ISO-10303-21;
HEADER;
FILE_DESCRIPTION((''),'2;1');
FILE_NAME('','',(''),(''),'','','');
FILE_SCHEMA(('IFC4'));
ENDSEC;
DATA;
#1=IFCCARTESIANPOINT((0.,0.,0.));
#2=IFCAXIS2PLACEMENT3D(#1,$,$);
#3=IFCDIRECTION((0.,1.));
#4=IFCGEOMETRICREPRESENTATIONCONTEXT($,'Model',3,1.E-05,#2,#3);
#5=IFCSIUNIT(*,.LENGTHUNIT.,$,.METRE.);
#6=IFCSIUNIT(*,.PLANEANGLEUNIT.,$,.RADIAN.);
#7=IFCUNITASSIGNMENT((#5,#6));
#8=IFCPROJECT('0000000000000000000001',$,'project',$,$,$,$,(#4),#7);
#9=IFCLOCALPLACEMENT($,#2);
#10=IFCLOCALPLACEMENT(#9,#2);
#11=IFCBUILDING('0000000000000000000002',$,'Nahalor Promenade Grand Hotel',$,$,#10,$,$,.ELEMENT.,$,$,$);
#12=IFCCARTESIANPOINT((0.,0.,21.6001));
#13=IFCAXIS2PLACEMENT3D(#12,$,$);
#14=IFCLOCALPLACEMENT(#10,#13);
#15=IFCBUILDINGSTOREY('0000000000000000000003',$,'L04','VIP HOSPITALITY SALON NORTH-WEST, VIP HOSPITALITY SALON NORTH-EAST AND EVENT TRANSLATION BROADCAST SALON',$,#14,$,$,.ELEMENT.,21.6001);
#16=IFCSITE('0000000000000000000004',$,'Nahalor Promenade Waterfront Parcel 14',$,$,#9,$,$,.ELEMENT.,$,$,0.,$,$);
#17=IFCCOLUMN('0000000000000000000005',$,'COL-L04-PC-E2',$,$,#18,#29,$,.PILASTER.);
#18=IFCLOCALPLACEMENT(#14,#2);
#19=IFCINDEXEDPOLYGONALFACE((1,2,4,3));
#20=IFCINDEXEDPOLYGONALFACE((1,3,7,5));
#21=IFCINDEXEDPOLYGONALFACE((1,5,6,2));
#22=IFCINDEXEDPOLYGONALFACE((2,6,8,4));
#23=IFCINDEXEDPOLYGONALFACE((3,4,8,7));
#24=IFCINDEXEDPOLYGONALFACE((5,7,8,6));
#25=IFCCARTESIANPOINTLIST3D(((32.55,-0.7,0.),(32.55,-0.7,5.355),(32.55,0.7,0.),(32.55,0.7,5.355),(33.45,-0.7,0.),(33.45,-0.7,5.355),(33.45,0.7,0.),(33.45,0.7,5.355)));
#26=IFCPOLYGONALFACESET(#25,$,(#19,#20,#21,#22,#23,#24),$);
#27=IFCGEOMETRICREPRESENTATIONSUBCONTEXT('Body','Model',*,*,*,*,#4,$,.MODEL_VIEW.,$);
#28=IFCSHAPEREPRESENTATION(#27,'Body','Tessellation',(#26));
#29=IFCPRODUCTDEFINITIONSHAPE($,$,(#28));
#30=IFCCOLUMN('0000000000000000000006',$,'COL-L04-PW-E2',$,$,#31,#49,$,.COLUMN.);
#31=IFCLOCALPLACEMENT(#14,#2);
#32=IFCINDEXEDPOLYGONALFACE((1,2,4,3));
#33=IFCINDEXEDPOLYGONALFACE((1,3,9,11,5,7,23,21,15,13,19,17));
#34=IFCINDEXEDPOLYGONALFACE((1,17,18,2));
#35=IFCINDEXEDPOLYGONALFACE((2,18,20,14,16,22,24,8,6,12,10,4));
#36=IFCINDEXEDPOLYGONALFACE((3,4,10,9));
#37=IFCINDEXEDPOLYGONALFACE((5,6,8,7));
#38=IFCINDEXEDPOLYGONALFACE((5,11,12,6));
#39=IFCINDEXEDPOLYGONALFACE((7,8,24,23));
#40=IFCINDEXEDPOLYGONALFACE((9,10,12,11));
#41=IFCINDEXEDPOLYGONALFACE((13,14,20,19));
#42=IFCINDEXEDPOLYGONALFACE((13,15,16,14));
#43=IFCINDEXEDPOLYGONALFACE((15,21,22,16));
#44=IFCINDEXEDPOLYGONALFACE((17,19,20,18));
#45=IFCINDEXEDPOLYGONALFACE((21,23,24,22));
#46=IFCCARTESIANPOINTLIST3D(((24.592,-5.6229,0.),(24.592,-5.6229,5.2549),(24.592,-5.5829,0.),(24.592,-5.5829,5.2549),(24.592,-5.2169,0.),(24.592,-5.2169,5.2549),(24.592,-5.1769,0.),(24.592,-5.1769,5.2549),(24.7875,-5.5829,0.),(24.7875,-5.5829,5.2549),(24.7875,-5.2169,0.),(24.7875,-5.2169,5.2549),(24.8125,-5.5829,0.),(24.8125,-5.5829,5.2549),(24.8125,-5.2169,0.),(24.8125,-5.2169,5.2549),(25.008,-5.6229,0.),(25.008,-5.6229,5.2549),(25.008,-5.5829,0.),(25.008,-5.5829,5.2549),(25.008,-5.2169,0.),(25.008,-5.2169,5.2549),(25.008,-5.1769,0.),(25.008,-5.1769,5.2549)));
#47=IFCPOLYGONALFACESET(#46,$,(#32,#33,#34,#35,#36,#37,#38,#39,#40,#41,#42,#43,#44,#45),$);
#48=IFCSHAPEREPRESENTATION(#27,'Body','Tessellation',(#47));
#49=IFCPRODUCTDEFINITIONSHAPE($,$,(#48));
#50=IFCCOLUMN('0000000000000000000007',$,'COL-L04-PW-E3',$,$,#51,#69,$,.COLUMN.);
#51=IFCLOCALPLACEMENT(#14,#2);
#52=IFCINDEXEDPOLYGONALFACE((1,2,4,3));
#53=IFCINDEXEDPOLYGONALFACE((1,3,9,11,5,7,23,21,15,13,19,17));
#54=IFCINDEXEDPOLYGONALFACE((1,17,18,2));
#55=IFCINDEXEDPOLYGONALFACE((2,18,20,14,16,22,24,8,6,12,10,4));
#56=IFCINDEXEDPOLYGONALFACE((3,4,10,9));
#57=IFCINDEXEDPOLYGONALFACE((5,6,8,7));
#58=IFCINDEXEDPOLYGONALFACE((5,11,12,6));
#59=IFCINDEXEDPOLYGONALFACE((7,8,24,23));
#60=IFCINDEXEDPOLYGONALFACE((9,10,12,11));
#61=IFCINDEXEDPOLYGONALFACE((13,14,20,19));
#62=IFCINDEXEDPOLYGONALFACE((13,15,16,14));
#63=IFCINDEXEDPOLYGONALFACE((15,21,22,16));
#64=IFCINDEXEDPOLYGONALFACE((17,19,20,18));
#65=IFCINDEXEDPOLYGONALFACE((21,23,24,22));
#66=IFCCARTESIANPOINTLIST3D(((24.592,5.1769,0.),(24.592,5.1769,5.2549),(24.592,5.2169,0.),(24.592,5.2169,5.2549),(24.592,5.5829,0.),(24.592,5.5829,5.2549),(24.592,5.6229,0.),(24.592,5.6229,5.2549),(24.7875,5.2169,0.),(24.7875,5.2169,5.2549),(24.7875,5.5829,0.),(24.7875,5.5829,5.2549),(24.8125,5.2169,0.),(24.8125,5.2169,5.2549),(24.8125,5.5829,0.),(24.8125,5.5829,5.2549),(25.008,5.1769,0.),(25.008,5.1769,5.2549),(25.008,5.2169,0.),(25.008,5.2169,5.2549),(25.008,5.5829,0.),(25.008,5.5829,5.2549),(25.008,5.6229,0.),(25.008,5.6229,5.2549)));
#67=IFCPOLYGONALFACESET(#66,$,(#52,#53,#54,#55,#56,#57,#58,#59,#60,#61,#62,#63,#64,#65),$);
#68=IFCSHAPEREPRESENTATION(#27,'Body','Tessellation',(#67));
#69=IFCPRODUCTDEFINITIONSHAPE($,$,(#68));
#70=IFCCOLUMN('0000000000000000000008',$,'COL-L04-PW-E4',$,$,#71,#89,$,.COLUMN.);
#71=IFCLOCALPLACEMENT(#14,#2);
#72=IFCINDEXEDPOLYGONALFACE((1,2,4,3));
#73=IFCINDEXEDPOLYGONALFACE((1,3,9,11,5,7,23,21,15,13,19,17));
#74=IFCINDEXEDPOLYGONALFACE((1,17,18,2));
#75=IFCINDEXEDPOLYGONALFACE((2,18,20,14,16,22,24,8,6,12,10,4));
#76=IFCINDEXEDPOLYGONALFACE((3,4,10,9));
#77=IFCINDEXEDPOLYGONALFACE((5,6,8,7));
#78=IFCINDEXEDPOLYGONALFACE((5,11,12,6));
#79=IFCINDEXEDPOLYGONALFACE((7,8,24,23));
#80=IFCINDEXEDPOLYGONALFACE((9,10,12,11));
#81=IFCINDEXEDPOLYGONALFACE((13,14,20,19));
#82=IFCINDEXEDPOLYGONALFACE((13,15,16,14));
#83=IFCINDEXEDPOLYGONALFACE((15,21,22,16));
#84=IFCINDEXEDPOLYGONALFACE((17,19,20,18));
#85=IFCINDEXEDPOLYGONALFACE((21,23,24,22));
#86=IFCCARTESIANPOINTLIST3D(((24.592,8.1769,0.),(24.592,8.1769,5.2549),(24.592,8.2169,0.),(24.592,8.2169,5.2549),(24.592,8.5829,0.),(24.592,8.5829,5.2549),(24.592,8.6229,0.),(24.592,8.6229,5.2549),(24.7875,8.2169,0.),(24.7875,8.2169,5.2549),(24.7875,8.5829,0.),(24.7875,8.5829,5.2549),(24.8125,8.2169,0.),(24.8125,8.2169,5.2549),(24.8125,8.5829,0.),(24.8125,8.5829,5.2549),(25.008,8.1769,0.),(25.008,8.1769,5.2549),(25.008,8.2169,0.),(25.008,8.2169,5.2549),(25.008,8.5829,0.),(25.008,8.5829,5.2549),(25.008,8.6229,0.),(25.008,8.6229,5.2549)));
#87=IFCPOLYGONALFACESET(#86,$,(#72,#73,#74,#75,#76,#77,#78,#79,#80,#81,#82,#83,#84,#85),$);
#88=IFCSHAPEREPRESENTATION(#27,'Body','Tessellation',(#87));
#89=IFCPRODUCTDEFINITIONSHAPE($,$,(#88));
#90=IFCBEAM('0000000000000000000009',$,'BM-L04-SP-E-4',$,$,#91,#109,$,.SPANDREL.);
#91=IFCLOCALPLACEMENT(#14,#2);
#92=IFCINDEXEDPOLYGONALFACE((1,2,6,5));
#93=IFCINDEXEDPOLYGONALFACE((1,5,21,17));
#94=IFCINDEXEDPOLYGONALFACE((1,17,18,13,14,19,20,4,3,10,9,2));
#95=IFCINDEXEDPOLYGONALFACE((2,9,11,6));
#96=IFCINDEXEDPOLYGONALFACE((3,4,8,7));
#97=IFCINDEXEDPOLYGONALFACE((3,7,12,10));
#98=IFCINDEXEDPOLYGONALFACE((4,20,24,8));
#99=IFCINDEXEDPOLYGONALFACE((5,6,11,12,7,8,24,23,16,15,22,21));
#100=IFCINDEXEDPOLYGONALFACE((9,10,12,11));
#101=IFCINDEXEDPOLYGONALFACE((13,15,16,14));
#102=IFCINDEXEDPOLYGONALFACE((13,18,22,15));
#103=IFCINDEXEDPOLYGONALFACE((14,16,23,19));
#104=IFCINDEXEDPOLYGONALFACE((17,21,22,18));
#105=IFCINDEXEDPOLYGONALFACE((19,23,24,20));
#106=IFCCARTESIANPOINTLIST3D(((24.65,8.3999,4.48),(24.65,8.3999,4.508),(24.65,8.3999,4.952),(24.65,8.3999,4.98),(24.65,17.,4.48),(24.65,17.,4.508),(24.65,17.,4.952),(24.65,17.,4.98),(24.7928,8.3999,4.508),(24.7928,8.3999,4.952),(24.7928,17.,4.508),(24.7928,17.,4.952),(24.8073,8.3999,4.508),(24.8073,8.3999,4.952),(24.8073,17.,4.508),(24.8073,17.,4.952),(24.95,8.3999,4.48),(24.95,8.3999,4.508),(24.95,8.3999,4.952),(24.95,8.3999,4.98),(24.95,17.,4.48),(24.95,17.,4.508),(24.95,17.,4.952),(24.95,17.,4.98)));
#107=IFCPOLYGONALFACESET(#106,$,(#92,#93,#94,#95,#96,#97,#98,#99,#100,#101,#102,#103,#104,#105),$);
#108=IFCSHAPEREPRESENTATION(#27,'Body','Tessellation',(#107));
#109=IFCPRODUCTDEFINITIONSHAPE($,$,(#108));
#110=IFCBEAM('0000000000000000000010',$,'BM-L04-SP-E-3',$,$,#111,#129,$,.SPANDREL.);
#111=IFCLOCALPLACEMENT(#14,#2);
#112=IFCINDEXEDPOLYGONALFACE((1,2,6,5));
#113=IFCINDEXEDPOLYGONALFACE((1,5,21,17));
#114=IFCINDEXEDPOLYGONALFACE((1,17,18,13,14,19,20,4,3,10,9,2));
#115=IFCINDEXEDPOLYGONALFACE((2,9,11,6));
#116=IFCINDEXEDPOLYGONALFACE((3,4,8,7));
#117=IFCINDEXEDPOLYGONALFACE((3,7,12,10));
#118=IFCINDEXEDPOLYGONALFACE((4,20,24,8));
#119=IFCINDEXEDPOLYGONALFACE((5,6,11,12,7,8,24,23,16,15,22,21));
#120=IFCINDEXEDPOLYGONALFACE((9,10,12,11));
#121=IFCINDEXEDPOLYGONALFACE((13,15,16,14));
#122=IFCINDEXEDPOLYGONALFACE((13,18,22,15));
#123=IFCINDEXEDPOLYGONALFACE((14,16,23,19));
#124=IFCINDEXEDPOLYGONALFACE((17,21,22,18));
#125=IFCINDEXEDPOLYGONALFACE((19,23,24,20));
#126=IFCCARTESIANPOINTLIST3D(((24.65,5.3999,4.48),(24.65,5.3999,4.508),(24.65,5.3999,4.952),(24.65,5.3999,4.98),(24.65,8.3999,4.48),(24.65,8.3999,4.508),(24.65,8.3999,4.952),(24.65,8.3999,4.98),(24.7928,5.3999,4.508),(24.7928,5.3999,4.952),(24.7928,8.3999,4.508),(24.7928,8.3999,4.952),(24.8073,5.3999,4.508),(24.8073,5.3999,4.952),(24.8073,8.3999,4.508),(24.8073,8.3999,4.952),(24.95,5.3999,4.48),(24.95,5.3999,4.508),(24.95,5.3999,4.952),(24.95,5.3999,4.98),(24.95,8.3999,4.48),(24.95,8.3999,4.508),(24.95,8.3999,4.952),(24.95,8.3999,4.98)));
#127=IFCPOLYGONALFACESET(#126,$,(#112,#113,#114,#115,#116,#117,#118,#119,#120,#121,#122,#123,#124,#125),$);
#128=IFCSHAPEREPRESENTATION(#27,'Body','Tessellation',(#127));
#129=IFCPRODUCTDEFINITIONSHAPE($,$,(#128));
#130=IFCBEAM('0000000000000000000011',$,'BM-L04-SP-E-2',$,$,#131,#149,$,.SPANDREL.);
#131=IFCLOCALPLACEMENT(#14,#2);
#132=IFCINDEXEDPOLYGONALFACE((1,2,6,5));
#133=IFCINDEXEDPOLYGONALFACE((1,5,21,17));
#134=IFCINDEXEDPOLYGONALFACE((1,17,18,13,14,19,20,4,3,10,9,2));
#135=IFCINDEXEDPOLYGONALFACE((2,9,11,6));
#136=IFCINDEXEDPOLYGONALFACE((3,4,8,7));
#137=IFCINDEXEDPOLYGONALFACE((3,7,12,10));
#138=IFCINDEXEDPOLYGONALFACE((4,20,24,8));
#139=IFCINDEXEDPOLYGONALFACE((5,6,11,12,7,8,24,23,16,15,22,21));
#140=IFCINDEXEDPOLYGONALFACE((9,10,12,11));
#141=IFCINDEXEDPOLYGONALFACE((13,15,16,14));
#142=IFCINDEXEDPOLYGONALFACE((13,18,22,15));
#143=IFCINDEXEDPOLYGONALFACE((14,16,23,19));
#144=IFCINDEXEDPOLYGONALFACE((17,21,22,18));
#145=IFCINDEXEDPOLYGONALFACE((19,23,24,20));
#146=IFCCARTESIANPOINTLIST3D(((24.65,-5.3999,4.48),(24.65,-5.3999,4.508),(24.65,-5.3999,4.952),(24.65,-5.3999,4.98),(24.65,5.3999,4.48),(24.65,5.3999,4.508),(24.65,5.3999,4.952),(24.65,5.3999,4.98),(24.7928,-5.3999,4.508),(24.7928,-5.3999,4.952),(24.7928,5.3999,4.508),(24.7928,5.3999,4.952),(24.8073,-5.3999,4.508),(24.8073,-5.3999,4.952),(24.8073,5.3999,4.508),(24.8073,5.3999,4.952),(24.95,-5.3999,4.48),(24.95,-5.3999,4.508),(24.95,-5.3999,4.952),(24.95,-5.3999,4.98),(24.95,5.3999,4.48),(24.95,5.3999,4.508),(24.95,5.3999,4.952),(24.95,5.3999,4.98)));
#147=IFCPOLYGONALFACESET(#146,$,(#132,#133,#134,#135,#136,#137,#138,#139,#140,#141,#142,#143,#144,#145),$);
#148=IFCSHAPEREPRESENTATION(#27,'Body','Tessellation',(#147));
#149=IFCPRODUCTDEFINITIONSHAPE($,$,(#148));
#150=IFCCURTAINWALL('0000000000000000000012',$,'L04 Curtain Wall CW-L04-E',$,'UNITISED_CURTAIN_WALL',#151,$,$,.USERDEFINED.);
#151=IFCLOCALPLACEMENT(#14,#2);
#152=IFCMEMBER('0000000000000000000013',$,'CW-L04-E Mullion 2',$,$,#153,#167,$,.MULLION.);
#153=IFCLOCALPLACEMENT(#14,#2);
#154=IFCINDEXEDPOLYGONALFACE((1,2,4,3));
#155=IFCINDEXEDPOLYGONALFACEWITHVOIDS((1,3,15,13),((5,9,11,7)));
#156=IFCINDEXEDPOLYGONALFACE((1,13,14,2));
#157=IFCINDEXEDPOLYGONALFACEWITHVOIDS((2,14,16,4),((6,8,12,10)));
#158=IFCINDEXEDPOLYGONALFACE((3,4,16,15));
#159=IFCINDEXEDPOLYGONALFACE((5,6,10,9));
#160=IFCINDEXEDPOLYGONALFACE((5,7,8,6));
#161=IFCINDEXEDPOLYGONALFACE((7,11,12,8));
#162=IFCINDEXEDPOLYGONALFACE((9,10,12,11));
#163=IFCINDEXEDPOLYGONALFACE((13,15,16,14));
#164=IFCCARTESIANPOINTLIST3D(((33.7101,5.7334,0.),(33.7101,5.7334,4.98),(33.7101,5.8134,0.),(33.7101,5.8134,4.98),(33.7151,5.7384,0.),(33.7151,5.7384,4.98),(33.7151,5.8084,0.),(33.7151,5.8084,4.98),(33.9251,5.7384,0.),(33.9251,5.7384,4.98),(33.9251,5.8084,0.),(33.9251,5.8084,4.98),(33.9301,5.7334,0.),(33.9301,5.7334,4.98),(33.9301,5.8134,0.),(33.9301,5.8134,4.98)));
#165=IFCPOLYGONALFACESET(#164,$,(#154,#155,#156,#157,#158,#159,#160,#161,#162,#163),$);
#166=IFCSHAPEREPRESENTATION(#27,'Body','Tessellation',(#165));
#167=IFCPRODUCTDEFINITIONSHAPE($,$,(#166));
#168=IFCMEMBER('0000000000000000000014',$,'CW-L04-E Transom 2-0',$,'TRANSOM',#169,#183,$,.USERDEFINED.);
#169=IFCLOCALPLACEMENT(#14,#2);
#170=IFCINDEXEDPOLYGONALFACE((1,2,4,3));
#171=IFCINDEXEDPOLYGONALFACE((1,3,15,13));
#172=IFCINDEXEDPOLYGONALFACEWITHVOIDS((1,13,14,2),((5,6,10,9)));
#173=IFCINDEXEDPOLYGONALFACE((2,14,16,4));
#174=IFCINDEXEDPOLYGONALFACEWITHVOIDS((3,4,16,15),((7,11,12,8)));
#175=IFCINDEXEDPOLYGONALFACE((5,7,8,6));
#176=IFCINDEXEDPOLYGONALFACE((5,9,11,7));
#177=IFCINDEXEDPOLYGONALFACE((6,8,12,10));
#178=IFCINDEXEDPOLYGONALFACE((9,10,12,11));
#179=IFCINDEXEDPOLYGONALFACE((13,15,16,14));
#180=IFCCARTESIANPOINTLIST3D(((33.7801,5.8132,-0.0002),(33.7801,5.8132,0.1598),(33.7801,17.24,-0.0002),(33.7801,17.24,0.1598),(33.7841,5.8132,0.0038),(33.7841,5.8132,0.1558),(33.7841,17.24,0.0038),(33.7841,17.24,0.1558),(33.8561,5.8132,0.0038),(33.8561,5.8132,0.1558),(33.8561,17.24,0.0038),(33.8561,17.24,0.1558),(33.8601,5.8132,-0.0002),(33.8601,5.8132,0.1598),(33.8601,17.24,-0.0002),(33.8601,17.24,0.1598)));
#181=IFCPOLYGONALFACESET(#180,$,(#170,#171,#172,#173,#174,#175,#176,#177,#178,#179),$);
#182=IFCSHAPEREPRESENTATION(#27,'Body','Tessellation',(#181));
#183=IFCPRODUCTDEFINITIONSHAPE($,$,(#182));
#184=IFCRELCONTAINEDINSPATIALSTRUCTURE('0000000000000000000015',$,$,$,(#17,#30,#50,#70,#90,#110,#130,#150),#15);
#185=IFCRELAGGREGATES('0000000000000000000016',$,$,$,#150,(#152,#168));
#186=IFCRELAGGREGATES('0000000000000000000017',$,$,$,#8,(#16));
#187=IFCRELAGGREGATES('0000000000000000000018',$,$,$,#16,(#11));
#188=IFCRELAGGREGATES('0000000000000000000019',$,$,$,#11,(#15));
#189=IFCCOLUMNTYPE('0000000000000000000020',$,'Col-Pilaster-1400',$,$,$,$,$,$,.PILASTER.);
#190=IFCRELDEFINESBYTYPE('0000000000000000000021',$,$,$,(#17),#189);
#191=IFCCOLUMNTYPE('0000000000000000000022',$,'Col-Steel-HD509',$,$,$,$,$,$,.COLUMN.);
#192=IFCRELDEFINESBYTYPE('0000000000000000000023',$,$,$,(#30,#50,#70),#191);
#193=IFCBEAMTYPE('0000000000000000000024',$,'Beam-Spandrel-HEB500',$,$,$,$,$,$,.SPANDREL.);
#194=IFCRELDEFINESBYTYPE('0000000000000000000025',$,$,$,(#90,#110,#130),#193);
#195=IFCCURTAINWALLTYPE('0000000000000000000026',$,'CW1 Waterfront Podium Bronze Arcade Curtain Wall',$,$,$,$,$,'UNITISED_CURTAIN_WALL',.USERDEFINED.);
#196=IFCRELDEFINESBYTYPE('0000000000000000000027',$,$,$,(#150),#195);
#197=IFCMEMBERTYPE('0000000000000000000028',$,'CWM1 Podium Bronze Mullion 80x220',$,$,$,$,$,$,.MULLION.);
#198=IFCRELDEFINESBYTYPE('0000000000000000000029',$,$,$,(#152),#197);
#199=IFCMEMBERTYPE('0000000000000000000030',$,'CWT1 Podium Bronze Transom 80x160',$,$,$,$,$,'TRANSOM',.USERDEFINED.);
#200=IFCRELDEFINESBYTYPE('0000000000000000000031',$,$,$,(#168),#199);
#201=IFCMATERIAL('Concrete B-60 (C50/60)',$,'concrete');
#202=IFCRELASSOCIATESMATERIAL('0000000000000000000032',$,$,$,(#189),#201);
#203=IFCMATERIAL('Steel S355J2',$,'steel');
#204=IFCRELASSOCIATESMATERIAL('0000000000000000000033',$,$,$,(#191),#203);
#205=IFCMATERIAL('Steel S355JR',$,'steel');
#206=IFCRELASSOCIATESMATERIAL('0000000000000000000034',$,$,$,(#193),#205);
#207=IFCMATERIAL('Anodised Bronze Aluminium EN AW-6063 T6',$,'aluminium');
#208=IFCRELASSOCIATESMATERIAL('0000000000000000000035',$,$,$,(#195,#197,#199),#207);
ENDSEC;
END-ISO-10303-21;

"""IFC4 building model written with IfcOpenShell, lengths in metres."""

from ifc_helpers import new_model, si_unit, direction, frame, origin, origin_2d, place, context, subcontext, project, spatial, rectangle, hollow_rectangle, i_section, extrude, source, transform, mapped, material, material_profile, profile_set, type_object, element, aggregate, save


model = new_model("IFC4")

# Units and contexts
model_context = context("Model", 3, precision=1e-05, world=origin(), true_north=direction((0.0, 1.0)))
body_context = subcontext(model_context, "Body", "Model", "MODEL_VIEW")
ifc_project = project(units=[si_unit("LENGTHUNIT", "METRE"), si_unit("PLANEANGLEUNIT", "RADIAN")], contexts=[model_context])

# Site, building, storey
site_placement = place(None, origin())
site = spatial("IfcSite", under=ifc_project, at=site_placement, Name="Nahalor Promenade Waterfront Parcel 14", CompositionType="ELEMENT", RefElevation=0.0)
building_placement = place(site_placement, origin())
building = spatial("IfcBuilding", under=site, at=building_placement, Name="Nahalor Promenade Grand Hotel", CompositionType="ELEMENT")
storey_placement = place(building_placement, frame((0.0, 0.0, 21.6001)))
storey = spatial("IfcBuildingStorey", under=building, at=storey_placement, Name="L04", Description="VIP HOSPITALITY SALON NORTH-WEST, VIP HOSPITALITY SALON NORTH-EAST AND EVENT TRANSLATION BROADCAST SALON", CompositionType="ELEMENT", Elevation=21.6001)

# Columns
ifc_material_1 = material(Name="Concrete B-60 (C50/60)", Category="concrete")
ifc_material_profile_1 = material_profile(ifc_material_1, rectangle(XDim=0.9, YDim=1.4, at=origin_2d()), Name="RC 900x1400")
ifc_profile_set_1 = profile_set([ifc_material_profile_1], Name="Concrete B-60 (C50/60)")
column_type_1 = type_object("IfcColumnType", Name="Col-Pilaster-1400", PredefinedType="PILASTER", material=ifc_profile_set_1)
shared_shape_1 = source(origin(), body_context, "Body", "SweptSolid", [
    extrude(rectangle(XDim=0.9, YDim=1.4, at=origin_2d()), origin(), (0.0, 0.0, 1.0), 5.355),
])
column_placement = place(storey_placement, frame((33.0, 0.0, 0.0), z_axis=(0.0, 0.0, 1.0), x_axis=(1.0, 0.0, 0.0)))
element("IfcColumn", 1, at=column_placement, inside=storey, type_object=column_type_1, Name="COL-L04-PC-E2", PredefinedType="PILASTER", context=body_context, shape_type="MappedRepresentation", body=[
    mapped(shared_shape_1, transform((0.0, 0.0, 0.0), scale=1.0)),
])
ifc_material_2 = material(Name="Steel S355J2", Category="steel")
ifc_material_profile_2 = material_profile(ifc_material_2, i_section(OverallWidth=0.416, OverallDepth=0.446, WebThickness=0.025, FlangeThickness=0.04, at=origin_2d()), Name="HD 400x509")
ifc_profile_set_2 = profile_set([ifc_material_profile_2], Name="Steel S355J2")
column_type_2 = type_object("IfcColumnType", Name="Col-Steel-HD509", PredefinedType="COLUMN", material=ifc_profile_set_2)
shared_shape_2 = source(origin(), body_context, "Body", "SweptSolid", [
    extrude(i_section(OverallWidth=0.416, OverallDepth=0.446, WebThickness=0.025, FlangeThickness=0.04, at=origin_2d()), origin(), (0.0, 0.0, 1.0), 5.2549),
])
for number, where, z_axis, x_axis, name in (
    (2, (24.8, -5.3999, 0.0), (0.0, 0.0, 1.0), (1.0, 0.0, 0.0), "COL-L04-PW-E2"),
    (3, (24.8, 5.3999, 0.0), (0.0, 0.0, 1.0), (1.0, 0.0, 0.0), "COL-L04-PW-E3"),
    (4, (24.8, 8.3999, 0.0), (0.0, 0.0, 1.0), (1.0, 0.0, 0.0), "COL-L04-PW-E4"),
):
    element("IfcColumn", number, at=place(storey_placement, frame(where, z_axis=z_axis, x_axis=x_axis)), inside=storey, type_object=column_type_2, Name=name, PredefinedType="COLUMN", context=body_context, shape_type="MappedRepresentation", body=[
        mapped(shared_shape_2, transform((0.0, 0.0, 0.0), scale=1.0)),
    ])

# Beams
ifc_material_3 = material(Name="Steel S355JR", Category="steel")
ifc_material_profile_3 = material_profile(ifc_material_3, i_section(OverallWidth=0.3, OverallDepth=0.5, WebThickness=0.0145, FlangeThickness=0.028, at=origin_2d()), Name="HEB 500")
ifc_profile_set_3 = profile_set([ifc_material_profile_3], Name="Steel S355JR")
beam_type = type_object("IfcBeamType", Name="Beam-Spandrel-HEB500", PredefinedType="SPANDREL", material=ifc_profile_set_3)
shared_shape_3 = source(origin(), body_context, "Body", "SweptSolid", [
    extrude(i_section(OverallWidth=0.3, OverallDepth=0.5, WebThickness=0.0145, FlangeThickness=0.028, at=origin_2d()), origin(), (0.0, 0.0, 1.0), 8.6001),
])
beam_1_placement = place(storey_placement, frame((24.8, 8.3999, 4.73), z_axis=(0.0, 1.0, 0.0), x_axis=(-1.0, 0.0, 0.0)))
element("IfcBeam", 5, at=beam_1_placement, inside=storey, type_object=beam_type, Name="BM-L04-SP-E-4", PredefinedType="SPANDREL", context=body_context, shape_type="MappedRepresentation", body=[
    mapped(shared_shape_3, transform((0.0, 0.0, 0.0), scale=1.0)),
])
shared_shape_4 = source(origin(), body_context, "Body", "SweptSolid", [
    extrude(i_section(OverallWidth=0.3, OverallDepth=0.5, WebThickness=0.0145, FlangeThickness=0.028, at=origin_2d()), origin(), (0.0, 0.0, 1.0), 3.0),
])
beam_2_placement = place(storey_placement, frame((24.8, 5.3999, 4.73), z_axis=(0.0, 1.0, 0.0), x_axis=(-1.0, 0.0, 0.0)))
element("IfcBeam", 6, at=beam_2_placement, inside=storey, type_object=beam_type, Name="BM-L04-SP-E-3", PredefinedType="SPANDREL", context=body_context, shape_type="MappedRepresentation", body=[
    mapped(shared_shape_4, transform((0.0, 0.0, 0.0), scale=1.0)),
])
shared_shape_5 = source(origin(), body_context, "Body", "SweptSolid", [
    extrude(i_section(OverallWidth=0.3, OverallDepth=0.5, WebThickness=0.0145, FlangeThickness=0.028, at=origin_2d()), origin(), (0.0, 0.0, 1.0), 10.7998),
])
beam_3_placement = place(storey_placement, frame((24.8, -5.3999, 4.73), z_axis=(0.0, 1.0, 0.0), x_axis=(-1.0, 0.0, 0.0)))
element("IfcBeam", 7, at=beam_3_placement, inside=storey, type_object=beam_type, Name="BM-L04-SP-E-2", PredefinedType="SPANDREL", context=body_context, shape_type="MappedRepresentation", body=[
    mapped(shared_shape_5, transform((0.0, 0.0, 0.0), scale=1.0)),
])

# Curtain wall, members
ifc_material_4 = material(Name="Anodised Bronze Aluminium EN AW-6063 T6", Category="aluminium")
curtain_wall_type = type_object("IfcCurtainWallType", Name="CW1 Waterfront Podium Bronze Arcade Curtain Wall", ElementType="UNITISED_CURTAIN_WALL", PredefinedType="USERDEFINED", material=ifc_material_4)
curtain_wall_placement = place(storey_placement, origin())
curtain_wall = element("IfcCurtainWall", 8, at=curtain_wall_placement, inside=storey, type_object=curtain_wall_type, Name="L04 Curtain Wall CW-L04-E", ObjectType="UNITISED_CURTAIN_WALL", PredefinedType="USERDEFINED")
ifc_material_profile_4 = material_profile(ifc_material_4, hollow_rectangle(XDim=0.08, YDim=0.22, WallThickness=0.005, at=origin_2d()), Name="CWM 80x220x5")
ifc_profile_set_4 = profile_set([ifc_material_profile_4], Name="Anodised Bronze Aluminium EN AW-6063 T6")
member_type_1 = type_object("IfcMemberType", Name="CWM1 Podium Bronze Mullion 80x220", PredefinedType="MULLION", material=ifc_profile_set_4)
shared_shape_6 = source(origin(), body_context, "Body", "SweptSolid", [
    extrude(hollow_rectangle(XDim=0.08, YDim=0.22, WallThickness=0.005, at=origin_2d()), origin(), (0.0, 0.0, 1.0), 4.98),
])
member_1_placement = place(storey_placement, frame((33.8201, 5.7734, 0.0), z_axis=(0.0, 0.0, 1.0), x_axis=(0.0, 1.0, 0.0)))
member_1 = element("IfcMember", 9, at=member_1_placement, type_object=member_type_1, Name="CW-L04-E Mullion 2", PredefinedType="MULLION", context=body_context, shape_type="MappedRepresentation", body=[
    mapped(shared_shape_6, transform((0.0, 0.0, 0.0), scale=1.0)),
])
ifc_material_profile_5 = material_profile(ifc_material_4, hollow_rectangle(XDim=0.08, YDim=0.16, WallThickness=0.004, at=origin_2d()), Name="CWT 80x160x4")
ifc_profile_set_5 = profile_set([ifc_material_profile_5], Name="Anodised Bronze Aluminium EN AW-6063 T6")
member_type_2 = type_object("IfcMemberType", Name="CWT1 Podium Bronze Transom 80x160", ElementType="TRANSOM", PredefinedType="USERDEFINED", material=ifc_profile_set_5)
shared_shape_7 = source(origin(), body_context, "Body", "SweptSolid", [
    extrude(hollow_rectangle(XDim=0.08, YDim=0.16, WallThickness=0.004, at=origin_2d()), origin(), (0.0, 0.0, 1.0), 11.4268),
])
member_2_placement = place(storey_placement, frame((33.8201, 5.8132, 0.0798), z_axis=(0.0, 1.0, 0.0), x_axis=(-1.0, 0.0, 0.0)))
member_2 = element("IfcMember", 10, at=member_2_placement, type_object=member_type_2, Name="CW-L04-E Transom 2-0", ObjectType="TRANSOM", PredefinedType="USERDEFINED", context=body_context, shape_type="MappedRepresentation", body=[
    mapped(shared_shape_7, transform((0.0, 0.0, 0.0), scale=1.0)),
])
aggregate(curtain_wall, [member_1, member_2])

save(model, "model.ifc")
